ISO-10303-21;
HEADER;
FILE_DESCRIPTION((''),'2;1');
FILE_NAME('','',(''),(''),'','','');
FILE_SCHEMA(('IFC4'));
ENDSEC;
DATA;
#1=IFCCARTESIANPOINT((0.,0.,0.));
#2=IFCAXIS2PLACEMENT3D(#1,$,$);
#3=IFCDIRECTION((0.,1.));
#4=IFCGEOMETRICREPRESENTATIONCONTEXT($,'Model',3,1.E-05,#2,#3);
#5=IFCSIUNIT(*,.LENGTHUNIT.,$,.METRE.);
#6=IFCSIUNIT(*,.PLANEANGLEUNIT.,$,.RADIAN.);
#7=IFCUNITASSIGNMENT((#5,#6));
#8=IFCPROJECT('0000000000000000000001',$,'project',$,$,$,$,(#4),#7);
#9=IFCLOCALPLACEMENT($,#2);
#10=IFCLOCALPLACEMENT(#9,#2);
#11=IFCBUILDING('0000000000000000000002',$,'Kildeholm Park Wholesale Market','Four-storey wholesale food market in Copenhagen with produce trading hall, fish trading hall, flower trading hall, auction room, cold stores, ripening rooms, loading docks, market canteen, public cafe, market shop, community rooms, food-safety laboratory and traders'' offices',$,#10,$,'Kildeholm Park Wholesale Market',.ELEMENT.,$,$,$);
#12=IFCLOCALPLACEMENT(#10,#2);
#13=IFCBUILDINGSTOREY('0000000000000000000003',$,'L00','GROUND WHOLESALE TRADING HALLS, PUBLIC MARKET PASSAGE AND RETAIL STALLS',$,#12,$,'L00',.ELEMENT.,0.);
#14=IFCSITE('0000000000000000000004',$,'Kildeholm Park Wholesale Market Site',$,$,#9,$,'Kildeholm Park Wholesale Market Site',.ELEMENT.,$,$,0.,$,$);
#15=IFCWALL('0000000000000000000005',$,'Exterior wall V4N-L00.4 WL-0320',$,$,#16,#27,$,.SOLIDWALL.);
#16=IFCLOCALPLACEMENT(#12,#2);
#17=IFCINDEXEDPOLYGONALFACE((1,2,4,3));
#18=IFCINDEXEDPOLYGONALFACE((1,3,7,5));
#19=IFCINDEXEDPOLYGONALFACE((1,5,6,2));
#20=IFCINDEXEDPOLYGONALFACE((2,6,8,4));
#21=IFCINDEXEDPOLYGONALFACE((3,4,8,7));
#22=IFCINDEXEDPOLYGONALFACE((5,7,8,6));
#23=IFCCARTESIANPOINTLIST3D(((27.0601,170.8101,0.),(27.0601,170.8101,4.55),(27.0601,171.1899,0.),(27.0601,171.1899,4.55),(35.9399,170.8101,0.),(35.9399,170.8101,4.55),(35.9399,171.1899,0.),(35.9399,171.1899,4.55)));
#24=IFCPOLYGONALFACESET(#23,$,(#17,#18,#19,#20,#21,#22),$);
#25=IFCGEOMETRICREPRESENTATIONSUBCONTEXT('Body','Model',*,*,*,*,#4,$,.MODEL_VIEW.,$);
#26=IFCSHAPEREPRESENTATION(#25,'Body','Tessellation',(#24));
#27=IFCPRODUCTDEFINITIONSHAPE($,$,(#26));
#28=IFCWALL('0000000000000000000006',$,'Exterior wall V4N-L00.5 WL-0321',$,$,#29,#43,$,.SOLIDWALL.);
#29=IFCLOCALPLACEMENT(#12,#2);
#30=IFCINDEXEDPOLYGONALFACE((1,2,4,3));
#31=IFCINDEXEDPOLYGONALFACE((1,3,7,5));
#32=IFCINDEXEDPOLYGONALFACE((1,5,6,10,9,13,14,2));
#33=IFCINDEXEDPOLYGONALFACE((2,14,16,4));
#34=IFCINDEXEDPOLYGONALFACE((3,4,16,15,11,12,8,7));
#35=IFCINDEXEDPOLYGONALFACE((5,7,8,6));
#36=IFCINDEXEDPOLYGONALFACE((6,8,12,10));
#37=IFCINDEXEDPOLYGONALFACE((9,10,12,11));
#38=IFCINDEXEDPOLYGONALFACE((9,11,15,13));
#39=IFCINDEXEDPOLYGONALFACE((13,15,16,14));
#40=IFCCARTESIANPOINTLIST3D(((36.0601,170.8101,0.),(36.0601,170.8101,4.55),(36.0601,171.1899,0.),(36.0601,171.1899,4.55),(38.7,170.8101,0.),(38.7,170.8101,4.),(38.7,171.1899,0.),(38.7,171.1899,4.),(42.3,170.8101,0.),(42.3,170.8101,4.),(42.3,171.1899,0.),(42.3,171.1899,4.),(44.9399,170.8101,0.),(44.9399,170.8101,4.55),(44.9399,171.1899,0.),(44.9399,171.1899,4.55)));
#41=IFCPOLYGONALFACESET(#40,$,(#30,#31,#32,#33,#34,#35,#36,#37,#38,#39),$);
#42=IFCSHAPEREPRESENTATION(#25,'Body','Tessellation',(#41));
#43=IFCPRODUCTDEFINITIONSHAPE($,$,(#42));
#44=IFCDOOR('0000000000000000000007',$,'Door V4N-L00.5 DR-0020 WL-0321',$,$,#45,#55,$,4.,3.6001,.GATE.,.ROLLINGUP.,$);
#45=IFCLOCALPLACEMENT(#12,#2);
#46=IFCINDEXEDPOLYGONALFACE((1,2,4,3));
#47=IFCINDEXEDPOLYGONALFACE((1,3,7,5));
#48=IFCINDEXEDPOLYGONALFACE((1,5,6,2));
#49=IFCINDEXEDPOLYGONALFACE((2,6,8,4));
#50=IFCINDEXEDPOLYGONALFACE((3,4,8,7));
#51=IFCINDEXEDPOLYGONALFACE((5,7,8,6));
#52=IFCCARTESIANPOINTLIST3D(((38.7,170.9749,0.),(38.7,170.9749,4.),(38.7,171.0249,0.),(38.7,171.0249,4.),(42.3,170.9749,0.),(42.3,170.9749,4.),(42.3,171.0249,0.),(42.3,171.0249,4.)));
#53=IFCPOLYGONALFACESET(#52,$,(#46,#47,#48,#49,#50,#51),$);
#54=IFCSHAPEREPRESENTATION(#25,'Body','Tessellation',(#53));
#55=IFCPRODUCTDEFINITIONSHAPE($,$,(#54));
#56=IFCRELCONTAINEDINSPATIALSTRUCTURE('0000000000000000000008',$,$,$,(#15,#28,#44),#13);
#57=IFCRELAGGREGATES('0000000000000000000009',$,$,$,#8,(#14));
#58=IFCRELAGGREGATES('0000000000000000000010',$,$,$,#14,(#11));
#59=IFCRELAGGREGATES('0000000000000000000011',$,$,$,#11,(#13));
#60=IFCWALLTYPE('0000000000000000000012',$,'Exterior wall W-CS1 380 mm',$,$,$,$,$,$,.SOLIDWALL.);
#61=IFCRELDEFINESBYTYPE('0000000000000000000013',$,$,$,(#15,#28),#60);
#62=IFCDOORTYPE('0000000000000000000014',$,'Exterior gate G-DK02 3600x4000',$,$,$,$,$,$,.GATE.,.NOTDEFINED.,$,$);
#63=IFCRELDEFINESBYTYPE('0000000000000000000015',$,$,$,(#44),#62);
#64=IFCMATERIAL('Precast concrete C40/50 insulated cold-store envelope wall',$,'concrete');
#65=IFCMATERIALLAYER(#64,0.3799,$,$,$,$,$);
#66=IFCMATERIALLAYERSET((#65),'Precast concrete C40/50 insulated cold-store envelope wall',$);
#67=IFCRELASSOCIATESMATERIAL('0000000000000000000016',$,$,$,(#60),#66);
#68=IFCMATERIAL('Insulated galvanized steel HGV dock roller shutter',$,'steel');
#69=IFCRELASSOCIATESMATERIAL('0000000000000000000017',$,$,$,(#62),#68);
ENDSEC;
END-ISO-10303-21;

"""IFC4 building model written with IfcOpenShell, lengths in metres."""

from ifc_helpers import new_model, si_unit, direction, frame, frame_2d, origin, place, context, subcontext, project, spatial, rectangle, extrude, material, layer, layer_set, type_object, element, fill, save


model = new_model("IFC4")

# Units and contexts
model_context = context("Model", 3, precision=1e-05, world=origin(), true_north=direction((0.0, 1.0)))
body_context = subcontext(model_context, "Body", "Model", "MODEL_VIEW")
ifc_project = project(units=[si_unit("LENGTHUNIT", "METRE"), si_unit("PLANEANGLEUNIT", "RADIAN")], contexts=[model_context])

# Site, building, storey
site_placement = place(None, origin())
site = spatial("IfcSite", under=ifc_project, at=site_placement, Name="Kildeholm Park Wholesale Market Site", LongName="Kildeholm Park Wholesale Market Site", CompositionType="ELEMENT", RefElevation=0.0)
building_placement = place(site_placement, origin())
building = spatial("IfcBuilding", under=site, at=building_placement, Name="Kildeholm Park Wholesale Market", Description="Four-storey wholesale food market in Copenhagen with produce trading hall, fish trading hall, flower trading hall, auction room, cold stores, ripening rooms, loading docks, market canteen, public cafe, market shop, community rooms, food-safety laboratory and traders' offices", LongName="Kildeholm Park Wholesale Market", CompositionType="ELEMENT")
storey_placement = place(building_placement, origin())
storey = spatial("IfcBuildingStorey", under=building, at=storey_placement, Name="L00", Description="GROUND WHOLESALE TRADING HALLS, PUBLIC MARKET PASSAGE AND RETAIL STALLS", LongName="L00", CompositionType="ELEMENT", Elevation=0.0)

# Wall
ifc_material_1 = material(Name="Precast concrete C40/50 insulated cold-store envelope wall", Category="concrete")
ifc_layer = layer(ifc_material_1, 0.3799)
ifc_layer_set = layer_set([ifc_layer], Name="Precast concrete C40/50 insulated cold-store envelope wall")
wall_type = type_object("IfcWallType", Name="Exterior wall W-CS1 380 mm", PredefinedType="SOLIDWALL", material=ifc_layer_set)
wall_1_placement = place(storey_placement, frame((27.0601, 171.0, 0.0), z_axis=(0.0, 0.0, 1.0), x_axis=(1.0, 0.0, 0.0)))
element("IfcWall", 1, at=wall_1_placement, inside=storey, type_object=wall_type, Name="Exterior wall V4N-L00.4 WL-0320", PredefinedType="SOLIDWALL", context=body_context, shape_type="SweptSolid", body=[
    extrude(rectangle(XDim=8.8799, YDim=0.3799, at=frame_2d((4.4399, 0.0))), origin(), (0.0, 0.0, 1.0), 4.55),
])

# Wall, opening, door
wall_2_placement = place(storey_placement, frame((36.0601, 171.0, 0.0), z_axis=(0.0, 0.0, 1.0), x_axis=(1.0, 0.0, 0.0)))
wall_2 = element("IfcWall", 2, at=wall_2_placement, inside=storey, type_object=wall_type, Name="Exterior wall V4N-L00.5 WL-0321", PredefinedType="SOLIDWALL", context=body_context, shape_type="SweptSolid", body=[
    extrude(rectangle(XDim=8.8799, YDim=0.3799, at=frame_2d((4.4399, 0.0))), origin(), (0.0, 0.0, 1.0), 4.55),
])
opening_placement = place(wall_2_placement, frame((2.6399, 0.0, 0.0)))
opening = element("IfcOpeningElement", 3, at=opening_placement, cuts=wall_2, PredefinedType="OPENING", context=body_context, shape_type="SweptSolid", body=[
    extrude(rectangle(XDim=3.6001, YDim=4.0, at=frame_2d((1.8, 2.0))), frame((0.0, 0.2, 0.0), z_axis=(0.0, -1.0, 0.0), x_axis=(1.0, 0.0, 0.0)), (0.0, 0.0, 1.0), 0.3999),
])
ifc_material_2 = material(Name="Insulated galvanized steel HGV dock roller shutter", Category="steel")
door_type = type_object("IfcDoorType", Name="Exterior gate G-DK02 3600x4000", OperationType="NOTDEFINED", PredefinedType="GATE", material=ifc_material_2)
door_placement = place(opening_placement, origin())
door = element("IfcDoor", 4, at=door_placement, inside=storey, type_object=door_type, Name="Door V4N-L00.5 DR-0020 WL-0321", OperationType="ROLLINGUP", OverallHeight=4.0, OverallWidth=3.6001, PredefinedType="GATE", context=body_context, shape_type="SweptSolid", body=[
    extrude(rectangle(XDim=3.6001, YDim=4.0, at=frame_2d((1.8, 2.0))), frame((0.0, 0.0249, 0.0), z_axis=(0.0, -1.0, 0.0), x_axis=(1.0, 0.0, 0.0)), (0.0, 0.0, 1.0), 0.05),
])
fill(opening, door)

save(model, "model.ifc")
